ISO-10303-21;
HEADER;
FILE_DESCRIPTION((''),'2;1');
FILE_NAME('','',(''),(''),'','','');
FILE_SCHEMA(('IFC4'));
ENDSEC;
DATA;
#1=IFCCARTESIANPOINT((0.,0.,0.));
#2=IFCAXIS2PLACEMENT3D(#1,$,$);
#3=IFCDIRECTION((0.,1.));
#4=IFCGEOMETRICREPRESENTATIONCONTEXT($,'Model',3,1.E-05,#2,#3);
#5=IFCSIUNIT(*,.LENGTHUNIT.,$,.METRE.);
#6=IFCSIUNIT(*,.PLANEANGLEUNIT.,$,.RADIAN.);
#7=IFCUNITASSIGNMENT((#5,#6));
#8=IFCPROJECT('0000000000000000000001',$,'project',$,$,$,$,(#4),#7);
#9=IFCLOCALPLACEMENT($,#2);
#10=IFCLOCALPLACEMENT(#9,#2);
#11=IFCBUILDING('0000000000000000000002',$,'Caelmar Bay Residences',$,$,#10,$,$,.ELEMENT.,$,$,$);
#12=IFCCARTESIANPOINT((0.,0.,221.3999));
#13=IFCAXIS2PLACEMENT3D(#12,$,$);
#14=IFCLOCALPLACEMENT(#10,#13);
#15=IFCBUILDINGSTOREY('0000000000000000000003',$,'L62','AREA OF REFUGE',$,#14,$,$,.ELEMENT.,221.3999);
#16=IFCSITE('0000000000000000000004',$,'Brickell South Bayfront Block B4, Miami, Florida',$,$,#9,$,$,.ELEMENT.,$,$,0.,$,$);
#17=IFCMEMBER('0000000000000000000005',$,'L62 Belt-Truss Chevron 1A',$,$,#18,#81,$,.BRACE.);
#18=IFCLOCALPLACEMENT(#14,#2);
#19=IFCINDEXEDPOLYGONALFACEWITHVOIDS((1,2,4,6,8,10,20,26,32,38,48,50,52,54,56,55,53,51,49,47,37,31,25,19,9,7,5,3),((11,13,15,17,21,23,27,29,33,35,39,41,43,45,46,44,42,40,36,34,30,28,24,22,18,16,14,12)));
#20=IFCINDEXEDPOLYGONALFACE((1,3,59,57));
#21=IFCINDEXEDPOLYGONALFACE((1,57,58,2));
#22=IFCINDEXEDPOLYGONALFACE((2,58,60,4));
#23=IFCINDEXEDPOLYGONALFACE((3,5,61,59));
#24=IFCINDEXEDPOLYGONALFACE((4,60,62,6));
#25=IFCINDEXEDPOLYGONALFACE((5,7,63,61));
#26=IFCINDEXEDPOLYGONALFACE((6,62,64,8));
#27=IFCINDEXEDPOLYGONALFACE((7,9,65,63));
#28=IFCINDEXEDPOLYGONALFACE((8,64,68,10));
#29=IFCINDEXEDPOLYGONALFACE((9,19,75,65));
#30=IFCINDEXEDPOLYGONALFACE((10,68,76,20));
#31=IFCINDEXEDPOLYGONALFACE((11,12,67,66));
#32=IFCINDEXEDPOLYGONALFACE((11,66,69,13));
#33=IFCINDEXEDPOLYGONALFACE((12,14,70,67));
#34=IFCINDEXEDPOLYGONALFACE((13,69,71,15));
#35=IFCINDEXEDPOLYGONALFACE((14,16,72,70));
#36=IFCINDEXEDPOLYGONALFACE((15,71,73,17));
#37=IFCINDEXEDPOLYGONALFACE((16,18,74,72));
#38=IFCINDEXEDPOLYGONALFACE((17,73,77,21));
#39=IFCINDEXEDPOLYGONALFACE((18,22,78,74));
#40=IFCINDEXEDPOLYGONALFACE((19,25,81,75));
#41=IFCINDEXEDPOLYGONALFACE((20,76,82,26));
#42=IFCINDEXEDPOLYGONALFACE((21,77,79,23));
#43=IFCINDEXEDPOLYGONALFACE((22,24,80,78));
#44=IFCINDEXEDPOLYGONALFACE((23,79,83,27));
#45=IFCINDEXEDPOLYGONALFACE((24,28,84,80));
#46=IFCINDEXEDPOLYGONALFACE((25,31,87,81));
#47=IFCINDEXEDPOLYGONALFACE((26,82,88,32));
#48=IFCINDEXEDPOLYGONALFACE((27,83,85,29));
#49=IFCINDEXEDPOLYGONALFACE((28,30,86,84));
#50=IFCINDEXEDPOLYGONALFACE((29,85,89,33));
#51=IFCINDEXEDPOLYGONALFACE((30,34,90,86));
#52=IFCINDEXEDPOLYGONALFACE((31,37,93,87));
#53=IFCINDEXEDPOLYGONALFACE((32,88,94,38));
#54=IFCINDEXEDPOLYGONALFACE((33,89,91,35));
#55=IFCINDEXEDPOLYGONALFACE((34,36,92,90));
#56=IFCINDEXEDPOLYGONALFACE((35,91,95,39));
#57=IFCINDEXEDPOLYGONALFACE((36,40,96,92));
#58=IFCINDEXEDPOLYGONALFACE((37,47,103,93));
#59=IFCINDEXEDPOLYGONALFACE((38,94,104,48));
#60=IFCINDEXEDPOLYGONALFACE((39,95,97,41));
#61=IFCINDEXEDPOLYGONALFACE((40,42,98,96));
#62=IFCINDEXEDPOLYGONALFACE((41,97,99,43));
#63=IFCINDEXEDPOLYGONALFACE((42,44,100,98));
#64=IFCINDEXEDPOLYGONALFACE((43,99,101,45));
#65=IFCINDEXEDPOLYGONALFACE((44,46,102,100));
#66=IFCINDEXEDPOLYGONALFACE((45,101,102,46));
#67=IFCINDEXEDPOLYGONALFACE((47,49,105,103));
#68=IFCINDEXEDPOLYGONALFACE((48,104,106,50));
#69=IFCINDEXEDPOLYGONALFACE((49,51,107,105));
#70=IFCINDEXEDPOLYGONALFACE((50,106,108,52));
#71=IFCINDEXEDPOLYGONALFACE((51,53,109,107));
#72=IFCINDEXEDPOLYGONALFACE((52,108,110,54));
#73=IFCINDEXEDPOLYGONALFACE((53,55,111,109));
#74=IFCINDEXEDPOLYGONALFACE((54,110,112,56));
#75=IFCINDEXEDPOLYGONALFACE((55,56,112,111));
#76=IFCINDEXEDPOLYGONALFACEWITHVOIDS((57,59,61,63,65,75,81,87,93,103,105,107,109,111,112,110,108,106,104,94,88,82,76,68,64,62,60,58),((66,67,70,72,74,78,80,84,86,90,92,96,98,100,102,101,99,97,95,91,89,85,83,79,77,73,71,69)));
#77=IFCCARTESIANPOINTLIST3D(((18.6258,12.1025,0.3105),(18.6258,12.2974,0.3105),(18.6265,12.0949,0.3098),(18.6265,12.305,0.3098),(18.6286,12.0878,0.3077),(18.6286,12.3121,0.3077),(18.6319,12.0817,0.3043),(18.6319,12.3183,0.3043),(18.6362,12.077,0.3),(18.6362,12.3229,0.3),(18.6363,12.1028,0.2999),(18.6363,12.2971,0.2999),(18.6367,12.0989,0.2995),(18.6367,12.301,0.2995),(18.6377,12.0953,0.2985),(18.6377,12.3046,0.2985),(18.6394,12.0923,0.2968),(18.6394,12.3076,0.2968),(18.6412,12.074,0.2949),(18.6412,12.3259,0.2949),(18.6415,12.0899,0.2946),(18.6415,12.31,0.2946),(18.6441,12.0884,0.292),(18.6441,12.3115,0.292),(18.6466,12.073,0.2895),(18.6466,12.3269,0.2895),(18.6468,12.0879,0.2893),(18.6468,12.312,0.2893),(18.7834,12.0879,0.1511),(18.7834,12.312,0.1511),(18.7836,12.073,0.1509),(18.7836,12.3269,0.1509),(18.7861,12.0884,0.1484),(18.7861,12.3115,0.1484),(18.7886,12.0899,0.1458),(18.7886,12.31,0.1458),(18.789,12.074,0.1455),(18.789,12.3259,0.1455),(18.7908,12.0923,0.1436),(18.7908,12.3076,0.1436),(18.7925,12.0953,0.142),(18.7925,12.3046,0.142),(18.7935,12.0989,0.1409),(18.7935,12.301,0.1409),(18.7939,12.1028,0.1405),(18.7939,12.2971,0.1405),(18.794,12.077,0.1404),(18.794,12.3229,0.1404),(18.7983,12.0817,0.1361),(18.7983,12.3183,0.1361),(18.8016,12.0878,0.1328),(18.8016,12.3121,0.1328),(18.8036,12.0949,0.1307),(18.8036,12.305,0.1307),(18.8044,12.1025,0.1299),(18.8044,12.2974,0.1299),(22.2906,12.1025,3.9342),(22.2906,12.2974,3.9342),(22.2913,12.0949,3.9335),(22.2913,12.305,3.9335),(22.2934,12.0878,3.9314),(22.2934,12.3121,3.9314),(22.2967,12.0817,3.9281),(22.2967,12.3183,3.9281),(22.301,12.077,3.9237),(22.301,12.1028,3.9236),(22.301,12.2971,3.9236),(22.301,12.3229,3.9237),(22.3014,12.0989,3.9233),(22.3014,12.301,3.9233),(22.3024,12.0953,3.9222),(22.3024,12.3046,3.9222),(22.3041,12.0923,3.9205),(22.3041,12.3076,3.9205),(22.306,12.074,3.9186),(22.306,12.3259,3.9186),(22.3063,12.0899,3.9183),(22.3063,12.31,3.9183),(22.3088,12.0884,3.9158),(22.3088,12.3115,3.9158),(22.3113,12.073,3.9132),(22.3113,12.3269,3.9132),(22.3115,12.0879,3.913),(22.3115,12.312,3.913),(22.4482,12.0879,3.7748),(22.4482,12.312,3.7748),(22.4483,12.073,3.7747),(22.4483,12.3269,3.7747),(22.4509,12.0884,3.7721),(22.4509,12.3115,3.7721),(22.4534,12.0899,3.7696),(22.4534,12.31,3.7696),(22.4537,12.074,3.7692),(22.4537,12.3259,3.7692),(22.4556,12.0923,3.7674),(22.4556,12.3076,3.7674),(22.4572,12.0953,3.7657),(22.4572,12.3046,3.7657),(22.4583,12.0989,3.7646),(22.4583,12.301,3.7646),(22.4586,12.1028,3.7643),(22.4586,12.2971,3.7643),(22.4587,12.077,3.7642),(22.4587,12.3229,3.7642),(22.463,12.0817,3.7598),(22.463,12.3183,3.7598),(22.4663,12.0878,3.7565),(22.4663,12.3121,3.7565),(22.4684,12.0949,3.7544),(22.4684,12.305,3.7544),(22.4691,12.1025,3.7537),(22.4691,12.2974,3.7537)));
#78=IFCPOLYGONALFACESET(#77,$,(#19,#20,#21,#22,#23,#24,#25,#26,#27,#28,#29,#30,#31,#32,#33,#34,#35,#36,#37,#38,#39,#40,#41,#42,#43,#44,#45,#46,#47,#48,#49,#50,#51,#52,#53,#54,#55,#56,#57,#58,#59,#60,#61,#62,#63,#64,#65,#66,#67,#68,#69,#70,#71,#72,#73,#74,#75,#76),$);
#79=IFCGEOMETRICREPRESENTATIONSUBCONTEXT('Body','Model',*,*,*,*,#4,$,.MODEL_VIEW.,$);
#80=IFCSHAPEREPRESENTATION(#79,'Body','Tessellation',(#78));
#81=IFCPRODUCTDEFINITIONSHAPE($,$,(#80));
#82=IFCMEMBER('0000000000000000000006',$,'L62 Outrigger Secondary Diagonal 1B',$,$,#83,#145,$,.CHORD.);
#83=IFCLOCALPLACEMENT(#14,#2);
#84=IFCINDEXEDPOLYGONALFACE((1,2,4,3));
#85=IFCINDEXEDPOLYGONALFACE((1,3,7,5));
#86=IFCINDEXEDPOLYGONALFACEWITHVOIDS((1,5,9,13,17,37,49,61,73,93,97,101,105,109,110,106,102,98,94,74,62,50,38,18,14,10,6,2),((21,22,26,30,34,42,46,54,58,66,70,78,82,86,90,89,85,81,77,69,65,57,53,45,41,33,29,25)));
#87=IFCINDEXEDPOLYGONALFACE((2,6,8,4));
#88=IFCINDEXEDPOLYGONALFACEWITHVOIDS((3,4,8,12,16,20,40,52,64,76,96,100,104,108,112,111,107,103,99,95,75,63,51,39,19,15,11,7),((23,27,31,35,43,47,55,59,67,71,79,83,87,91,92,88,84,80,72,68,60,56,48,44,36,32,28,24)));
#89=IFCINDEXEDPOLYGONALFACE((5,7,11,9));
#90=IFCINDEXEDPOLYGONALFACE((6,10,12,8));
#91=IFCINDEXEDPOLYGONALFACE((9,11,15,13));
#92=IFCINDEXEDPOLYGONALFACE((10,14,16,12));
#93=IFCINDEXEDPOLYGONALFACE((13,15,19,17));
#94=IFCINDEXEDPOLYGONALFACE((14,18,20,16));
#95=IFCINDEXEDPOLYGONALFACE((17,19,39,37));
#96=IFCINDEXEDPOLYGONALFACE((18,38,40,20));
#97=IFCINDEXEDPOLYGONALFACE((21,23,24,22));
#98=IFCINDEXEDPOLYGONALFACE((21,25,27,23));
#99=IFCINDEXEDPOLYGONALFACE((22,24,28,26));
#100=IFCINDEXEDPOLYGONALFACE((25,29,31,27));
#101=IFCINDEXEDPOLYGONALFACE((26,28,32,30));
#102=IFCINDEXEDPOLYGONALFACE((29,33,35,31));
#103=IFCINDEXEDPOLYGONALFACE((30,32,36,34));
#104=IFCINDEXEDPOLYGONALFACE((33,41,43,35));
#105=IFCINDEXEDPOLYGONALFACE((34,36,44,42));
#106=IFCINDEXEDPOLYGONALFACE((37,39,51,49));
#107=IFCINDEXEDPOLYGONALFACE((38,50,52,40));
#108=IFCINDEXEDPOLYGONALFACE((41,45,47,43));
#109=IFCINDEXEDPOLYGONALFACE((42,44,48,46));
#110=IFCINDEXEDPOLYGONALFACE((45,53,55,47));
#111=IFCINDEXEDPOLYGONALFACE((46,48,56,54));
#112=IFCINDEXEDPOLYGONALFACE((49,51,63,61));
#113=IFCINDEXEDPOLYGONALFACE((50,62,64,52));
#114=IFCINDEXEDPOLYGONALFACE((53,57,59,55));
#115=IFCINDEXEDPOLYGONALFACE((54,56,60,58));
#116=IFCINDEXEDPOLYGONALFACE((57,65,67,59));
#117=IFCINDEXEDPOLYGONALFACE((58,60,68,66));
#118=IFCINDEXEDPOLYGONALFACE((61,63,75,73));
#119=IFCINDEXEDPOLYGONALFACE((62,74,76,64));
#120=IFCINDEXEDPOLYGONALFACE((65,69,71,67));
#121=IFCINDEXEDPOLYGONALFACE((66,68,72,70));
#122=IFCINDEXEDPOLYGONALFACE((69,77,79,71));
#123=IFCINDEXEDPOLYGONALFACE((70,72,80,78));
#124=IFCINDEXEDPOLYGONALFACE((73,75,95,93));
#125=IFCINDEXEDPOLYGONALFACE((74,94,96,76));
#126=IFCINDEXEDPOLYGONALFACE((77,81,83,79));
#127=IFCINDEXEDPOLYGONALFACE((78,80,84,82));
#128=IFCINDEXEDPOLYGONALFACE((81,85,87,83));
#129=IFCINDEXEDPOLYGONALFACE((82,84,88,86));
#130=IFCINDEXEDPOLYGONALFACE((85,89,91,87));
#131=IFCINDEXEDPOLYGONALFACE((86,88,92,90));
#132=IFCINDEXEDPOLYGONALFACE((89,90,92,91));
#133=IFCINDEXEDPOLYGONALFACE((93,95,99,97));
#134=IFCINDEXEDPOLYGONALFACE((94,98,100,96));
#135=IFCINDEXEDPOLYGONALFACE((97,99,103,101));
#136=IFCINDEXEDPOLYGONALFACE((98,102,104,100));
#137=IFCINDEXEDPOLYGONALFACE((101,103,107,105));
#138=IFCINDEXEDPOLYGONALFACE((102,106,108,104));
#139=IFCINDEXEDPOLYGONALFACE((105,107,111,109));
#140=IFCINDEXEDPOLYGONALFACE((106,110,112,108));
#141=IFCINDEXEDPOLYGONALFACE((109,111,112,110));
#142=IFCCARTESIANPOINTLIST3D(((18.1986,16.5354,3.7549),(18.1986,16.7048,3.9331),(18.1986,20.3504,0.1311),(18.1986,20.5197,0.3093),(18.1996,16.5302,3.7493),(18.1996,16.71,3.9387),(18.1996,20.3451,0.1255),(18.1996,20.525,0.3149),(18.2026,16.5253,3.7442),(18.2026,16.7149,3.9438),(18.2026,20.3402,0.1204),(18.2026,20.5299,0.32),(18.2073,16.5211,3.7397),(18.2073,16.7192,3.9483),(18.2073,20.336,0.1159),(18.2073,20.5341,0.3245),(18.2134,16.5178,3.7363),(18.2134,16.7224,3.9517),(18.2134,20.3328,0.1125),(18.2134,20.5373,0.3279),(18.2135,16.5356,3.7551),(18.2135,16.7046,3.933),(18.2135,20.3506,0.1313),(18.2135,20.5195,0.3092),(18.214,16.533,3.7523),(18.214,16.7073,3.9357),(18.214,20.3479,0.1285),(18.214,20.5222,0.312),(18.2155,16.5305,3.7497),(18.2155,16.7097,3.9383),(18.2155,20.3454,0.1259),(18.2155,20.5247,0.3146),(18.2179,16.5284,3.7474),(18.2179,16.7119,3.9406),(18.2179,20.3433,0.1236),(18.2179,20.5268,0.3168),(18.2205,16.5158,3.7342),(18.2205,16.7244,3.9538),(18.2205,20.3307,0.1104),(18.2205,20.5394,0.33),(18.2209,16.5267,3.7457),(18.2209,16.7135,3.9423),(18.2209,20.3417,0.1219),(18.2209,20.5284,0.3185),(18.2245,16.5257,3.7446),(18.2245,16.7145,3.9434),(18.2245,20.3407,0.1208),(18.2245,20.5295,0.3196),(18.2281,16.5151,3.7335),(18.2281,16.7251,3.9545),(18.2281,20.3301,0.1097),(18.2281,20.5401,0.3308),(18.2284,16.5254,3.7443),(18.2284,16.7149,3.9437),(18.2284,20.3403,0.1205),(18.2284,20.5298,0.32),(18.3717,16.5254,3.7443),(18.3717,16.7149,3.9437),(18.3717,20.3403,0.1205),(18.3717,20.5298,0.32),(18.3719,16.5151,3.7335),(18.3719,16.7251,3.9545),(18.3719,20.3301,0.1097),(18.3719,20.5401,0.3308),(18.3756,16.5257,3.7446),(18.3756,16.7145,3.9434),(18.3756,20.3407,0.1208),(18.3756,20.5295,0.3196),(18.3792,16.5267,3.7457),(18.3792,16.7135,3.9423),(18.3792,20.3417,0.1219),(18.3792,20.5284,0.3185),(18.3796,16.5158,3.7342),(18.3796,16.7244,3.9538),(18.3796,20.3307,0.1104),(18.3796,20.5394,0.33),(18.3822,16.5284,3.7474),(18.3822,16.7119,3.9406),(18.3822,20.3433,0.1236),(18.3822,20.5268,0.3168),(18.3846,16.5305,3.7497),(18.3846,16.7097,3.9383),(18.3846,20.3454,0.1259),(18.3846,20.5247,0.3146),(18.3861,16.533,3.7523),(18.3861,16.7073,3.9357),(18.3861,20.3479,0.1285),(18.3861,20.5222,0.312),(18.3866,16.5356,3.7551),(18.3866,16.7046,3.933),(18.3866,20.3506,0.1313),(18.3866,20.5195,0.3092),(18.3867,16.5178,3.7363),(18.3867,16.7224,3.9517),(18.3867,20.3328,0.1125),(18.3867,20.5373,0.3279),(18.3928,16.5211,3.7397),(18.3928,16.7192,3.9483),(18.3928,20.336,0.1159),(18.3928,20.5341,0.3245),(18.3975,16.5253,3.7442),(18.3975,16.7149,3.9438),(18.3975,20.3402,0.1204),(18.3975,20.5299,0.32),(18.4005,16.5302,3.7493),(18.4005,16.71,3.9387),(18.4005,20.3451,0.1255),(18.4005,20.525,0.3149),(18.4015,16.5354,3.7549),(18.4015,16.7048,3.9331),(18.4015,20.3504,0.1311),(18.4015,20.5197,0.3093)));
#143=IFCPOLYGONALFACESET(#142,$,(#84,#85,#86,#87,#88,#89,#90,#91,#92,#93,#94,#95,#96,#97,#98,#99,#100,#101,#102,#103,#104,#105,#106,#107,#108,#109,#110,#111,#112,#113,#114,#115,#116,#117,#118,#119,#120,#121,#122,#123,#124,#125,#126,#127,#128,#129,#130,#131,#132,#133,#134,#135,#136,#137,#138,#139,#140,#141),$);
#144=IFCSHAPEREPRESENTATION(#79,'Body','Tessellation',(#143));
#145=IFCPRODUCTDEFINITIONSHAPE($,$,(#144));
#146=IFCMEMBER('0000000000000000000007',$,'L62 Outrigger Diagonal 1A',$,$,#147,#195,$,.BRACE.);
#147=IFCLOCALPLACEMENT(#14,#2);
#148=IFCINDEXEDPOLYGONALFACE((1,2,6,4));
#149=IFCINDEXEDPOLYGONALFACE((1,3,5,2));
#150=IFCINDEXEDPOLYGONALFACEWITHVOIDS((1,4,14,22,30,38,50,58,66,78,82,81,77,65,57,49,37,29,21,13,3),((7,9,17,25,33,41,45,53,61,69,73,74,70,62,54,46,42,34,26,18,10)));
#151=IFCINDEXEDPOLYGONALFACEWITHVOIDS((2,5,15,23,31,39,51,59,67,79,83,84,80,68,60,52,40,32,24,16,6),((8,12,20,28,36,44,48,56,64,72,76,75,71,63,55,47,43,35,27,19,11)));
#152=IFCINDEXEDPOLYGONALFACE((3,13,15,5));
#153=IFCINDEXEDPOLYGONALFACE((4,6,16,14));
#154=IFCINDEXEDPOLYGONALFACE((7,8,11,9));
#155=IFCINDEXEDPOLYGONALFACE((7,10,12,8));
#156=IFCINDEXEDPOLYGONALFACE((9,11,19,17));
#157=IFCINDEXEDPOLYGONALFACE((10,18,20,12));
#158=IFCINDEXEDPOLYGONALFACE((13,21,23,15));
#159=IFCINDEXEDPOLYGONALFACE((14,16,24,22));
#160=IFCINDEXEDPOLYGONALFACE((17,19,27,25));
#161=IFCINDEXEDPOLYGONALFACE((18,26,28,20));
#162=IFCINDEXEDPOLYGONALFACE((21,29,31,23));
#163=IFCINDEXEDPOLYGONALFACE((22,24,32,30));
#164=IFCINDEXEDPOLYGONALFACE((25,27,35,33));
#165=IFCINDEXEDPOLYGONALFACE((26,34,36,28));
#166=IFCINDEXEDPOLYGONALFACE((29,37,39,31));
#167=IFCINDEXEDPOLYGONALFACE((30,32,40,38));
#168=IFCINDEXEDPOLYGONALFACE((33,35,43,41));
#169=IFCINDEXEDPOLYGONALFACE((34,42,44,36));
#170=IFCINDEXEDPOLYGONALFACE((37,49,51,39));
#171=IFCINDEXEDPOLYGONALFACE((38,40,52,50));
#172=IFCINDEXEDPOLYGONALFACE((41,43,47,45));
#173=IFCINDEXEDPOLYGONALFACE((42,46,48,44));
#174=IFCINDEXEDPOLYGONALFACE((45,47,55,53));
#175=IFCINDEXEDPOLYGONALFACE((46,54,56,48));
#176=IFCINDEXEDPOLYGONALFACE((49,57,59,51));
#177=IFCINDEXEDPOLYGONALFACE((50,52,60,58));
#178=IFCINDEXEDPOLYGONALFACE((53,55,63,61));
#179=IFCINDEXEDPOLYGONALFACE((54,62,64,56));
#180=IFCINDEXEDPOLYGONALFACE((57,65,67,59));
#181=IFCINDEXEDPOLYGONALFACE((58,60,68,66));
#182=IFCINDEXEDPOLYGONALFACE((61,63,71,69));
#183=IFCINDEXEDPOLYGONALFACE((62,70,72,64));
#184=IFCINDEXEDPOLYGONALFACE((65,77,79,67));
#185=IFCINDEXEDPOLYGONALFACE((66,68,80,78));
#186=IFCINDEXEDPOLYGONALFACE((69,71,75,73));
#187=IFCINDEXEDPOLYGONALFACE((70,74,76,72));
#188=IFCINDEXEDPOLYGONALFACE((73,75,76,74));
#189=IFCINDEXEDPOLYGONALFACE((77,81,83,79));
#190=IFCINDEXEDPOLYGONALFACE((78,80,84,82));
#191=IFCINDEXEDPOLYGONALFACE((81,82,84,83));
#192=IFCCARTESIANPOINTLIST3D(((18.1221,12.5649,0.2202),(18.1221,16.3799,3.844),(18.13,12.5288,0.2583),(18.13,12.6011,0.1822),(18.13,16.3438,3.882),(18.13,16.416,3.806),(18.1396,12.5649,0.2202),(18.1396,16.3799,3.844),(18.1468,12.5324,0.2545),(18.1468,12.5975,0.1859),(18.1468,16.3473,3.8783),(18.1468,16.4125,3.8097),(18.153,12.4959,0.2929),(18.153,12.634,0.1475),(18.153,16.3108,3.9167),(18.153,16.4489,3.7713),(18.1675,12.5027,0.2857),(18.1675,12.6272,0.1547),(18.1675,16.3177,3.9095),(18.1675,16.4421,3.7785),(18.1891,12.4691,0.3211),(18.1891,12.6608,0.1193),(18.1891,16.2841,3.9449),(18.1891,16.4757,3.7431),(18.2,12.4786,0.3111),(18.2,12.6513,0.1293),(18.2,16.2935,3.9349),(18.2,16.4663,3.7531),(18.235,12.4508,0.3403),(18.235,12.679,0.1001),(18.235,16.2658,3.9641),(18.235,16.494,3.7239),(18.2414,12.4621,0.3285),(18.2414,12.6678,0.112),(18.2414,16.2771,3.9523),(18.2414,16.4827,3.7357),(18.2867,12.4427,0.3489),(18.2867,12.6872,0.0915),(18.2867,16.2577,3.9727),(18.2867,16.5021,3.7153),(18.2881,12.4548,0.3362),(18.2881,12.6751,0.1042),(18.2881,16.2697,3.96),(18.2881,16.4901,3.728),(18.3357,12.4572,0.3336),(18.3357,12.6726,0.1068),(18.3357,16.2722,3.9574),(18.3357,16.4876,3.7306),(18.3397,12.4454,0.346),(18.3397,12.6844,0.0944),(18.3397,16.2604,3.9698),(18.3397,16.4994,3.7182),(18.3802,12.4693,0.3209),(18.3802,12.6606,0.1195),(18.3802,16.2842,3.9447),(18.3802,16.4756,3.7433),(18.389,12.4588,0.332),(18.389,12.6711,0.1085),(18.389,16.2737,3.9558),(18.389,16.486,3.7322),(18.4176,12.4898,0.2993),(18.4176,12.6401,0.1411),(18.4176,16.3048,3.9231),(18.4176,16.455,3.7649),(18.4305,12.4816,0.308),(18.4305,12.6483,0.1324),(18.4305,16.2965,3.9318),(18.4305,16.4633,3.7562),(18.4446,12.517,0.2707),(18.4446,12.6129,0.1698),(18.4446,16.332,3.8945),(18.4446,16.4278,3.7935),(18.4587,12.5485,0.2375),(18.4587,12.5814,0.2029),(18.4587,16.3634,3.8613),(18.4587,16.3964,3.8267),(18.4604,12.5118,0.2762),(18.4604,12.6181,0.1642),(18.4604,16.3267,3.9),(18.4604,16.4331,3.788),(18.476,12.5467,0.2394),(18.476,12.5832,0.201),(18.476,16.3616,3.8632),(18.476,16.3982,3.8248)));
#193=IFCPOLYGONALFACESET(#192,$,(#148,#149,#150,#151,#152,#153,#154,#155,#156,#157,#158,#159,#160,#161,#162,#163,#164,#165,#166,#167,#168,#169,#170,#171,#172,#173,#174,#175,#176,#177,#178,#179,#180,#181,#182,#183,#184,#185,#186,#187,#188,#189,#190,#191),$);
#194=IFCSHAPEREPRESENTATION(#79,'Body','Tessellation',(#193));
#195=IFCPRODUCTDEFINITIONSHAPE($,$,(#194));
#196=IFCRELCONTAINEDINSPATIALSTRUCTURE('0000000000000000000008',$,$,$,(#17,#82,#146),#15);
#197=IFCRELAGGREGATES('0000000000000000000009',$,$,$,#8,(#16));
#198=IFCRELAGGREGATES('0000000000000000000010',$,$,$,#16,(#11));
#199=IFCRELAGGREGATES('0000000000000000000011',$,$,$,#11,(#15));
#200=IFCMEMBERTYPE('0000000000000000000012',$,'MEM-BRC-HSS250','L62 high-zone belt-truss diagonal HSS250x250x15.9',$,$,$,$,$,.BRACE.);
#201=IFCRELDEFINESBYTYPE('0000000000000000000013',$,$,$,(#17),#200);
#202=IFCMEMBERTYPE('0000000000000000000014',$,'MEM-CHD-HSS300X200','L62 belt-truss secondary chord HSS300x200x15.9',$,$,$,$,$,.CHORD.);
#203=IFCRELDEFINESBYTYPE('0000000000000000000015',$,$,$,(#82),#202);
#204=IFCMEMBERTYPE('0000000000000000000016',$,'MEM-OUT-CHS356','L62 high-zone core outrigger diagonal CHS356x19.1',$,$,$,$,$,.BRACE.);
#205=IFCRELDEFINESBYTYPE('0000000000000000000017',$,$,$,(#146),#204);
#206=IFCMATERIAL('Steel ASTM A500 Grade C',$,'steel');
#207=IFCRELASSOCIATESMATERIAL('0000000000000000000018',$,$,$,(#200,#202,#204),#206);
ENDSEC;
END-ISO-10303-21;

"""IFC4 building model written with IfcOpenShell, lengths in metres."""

from ifc_helpers import new_model, si_unit, direction, frame, origin, origin_2d, place, context, subcontext, project, spatial, hollow_rectangle, hollow_circle, extrude, material, material_profile, profile_set, type_object, element, save


model = new_model("IFC4")

# Units and contexts
model_context = context("Model", 3, precision=1e-05, world=origin(), true_north=direction((0.0, 1.0)))
body_context = subcontext(model_context, "Body", "Model", "MODEL_VIEW")
ifc_project = project(units=[si_unit("LENGTHUNIT", "METRE"), si_unit("PLANEANGLEUNIT", "RADIAN")], contexts=[model_context])

# Site, building, storey
site_placement = place(None, origin())
site = spatial("IfcSite", under=ifc_project, at=site_placement, Name="Brickell South Bayfront Block B4, Miami, Florida", CompositionType="ELEMENT", RefElevation=0.0)
building_placement = place(site_placement, origin())
building = spatial("IfcBuilding", under=site, at=building_placement, Name="Caelmar Bay Residences", CompositionType="ELEMENT")
storey_placement = place(building_placement, frame((0.0, 0.0, 221.3999)))
storey = spatial("IfcBuildingStorey", under=building, at=storey_placement, Name="L62", Description="AREA OF REFUGE", CompositionType="ELEMENT", Elevation=221.3999)

# Members
ifc_material_1 = material(Name="Steel ASTM A500 Grade C", Category="steel")
ifc_material_profile_1 = material_profile(ifc_material_1, hollow_rectangle(XDim=0.2539, YDim=0.2539, WallThickness=0.0149, InnerFilletRadius=0.0149, OuterFilletRadius=0.0295, at=origin_2d()), Name="HSS250X250X15.9")
ifc_profile_set_1 = profile_set([ifc_material_profile_1], Name="Steel ASTM A500 Grade C")
member_type_1 = type_object("IfcMemberType", Name="MEM-BRC-HSS250", Description="L62 high-zone belt-truss diagonal HSS250x250x15.9", PredefinedType="BRACE", material=ifc_profile_set_1)
member_1_placement = place(storey_placement, frame((18.7151, 12.2, 0.2202), z_axis=(0.711075, 0.0, 0.703116), x_axis=(0.0, 1.0, 0.0)))
element("IfcMember", 1, at=member_1_placement, inside=storey, type_object=member_type_1, Name="L62 Belt-Truss Chevron 1A", PredefinedType="BRACE", context=body_context, shape_type="SweptSolid", body=[
    extrude(hollow_rectangle(XDim=0.2539, YDim=0.2539, WallThickness=0.0149, InnerFilletRadius=0.0149, OuterFilletRadius=0.0295, at=origin_2d()), origin(), (0.0, 0.0, 1.0), 5.1538),
])
ifc_material_profile_2 = material_profile(ifc_material_1, hollow_rectangle(XDim=0.2029, YDim=0.3049, WallThickness=0.0149, InnerFilletRadius=0.0149, OuterFilletRadius=0.0295, at=origin_2d()), Name="HSS300X200X15.9")
ifc_profile_set_2 = profile_set([ifc_material_profile_2], Name="Steel ASTM A500 Grade C")
member_type_2 = type_object("IfcMemberType", Name="MEM-CHD-HSS300X200", Description="L62 belt-truss secondary chord HSS300x200x15.9", PredefinedType="CHORD", material=ifc_profile_set_2)
member_2_placement = place(storey_placement, frame((18.3, 20.4351, 0.2202), z_axis=(0.0, -0.725039, 0.688708), x_axis=(1.0, 0.0, 0.0)))
element("IfcMember", 2, at=member_2_placement, inside=storey, type_object=member_type_2, Name="L62 Outrigger Secondary Diagonal 1B", PredefinedType="CHORD", context=body_context, shape_type="SweptSolid", body=[
    extrude(hollow_rectangle(XDim=0.2029, YDim=0.3049, WallThickness=0.0149, InnerFilletRadius=0.0149, OuterFilletRadius=0.0295, at=origin_2d()), origin(), (0.0, 0.0, 1.0), 5.2617),
])
ifc_material_profile_3 = material_profile(ifc_material_1, hollow_circle(Radius=0.178, WallThickness=0.0176, at=origin_2d()), Name="CHS356X19.1")
ifc_profile_set_3 = profile_set([ifc_material_profile_3], Name="Steel ASTM A500 Grade C")
member_type_3 = type_object("IfcMemberType", Name="MEM-OUT-CHS356", Description="L62 high-zone core outrigger diagonal CHS356x19.1", PredefinedType="BRACE", material=ifc_profile_set_3)
member_3_placement = place(storey_placement, frame((18.3, 12.5649, 0.2202), z_axis=(0.0, 0.725039, 0.688708), x_axis=(-1.0, 0.0, 0.0)))
element("IfcMember", 3, at=member_3_placement, inside=storey, type_object=member_type_3, Name="L62 Outrigger Diagonal 1A", PredefinedType="BRACE", context=body_context, shape_type="SweptSolid", body=[
    extrude(hollow_circle(Radius=0.178, WallThickness=0.0176, at=origin_2d()), origin(), (0.0, 0.0, 1.0), 5.2617),
])

save(model, "model.ifc")
